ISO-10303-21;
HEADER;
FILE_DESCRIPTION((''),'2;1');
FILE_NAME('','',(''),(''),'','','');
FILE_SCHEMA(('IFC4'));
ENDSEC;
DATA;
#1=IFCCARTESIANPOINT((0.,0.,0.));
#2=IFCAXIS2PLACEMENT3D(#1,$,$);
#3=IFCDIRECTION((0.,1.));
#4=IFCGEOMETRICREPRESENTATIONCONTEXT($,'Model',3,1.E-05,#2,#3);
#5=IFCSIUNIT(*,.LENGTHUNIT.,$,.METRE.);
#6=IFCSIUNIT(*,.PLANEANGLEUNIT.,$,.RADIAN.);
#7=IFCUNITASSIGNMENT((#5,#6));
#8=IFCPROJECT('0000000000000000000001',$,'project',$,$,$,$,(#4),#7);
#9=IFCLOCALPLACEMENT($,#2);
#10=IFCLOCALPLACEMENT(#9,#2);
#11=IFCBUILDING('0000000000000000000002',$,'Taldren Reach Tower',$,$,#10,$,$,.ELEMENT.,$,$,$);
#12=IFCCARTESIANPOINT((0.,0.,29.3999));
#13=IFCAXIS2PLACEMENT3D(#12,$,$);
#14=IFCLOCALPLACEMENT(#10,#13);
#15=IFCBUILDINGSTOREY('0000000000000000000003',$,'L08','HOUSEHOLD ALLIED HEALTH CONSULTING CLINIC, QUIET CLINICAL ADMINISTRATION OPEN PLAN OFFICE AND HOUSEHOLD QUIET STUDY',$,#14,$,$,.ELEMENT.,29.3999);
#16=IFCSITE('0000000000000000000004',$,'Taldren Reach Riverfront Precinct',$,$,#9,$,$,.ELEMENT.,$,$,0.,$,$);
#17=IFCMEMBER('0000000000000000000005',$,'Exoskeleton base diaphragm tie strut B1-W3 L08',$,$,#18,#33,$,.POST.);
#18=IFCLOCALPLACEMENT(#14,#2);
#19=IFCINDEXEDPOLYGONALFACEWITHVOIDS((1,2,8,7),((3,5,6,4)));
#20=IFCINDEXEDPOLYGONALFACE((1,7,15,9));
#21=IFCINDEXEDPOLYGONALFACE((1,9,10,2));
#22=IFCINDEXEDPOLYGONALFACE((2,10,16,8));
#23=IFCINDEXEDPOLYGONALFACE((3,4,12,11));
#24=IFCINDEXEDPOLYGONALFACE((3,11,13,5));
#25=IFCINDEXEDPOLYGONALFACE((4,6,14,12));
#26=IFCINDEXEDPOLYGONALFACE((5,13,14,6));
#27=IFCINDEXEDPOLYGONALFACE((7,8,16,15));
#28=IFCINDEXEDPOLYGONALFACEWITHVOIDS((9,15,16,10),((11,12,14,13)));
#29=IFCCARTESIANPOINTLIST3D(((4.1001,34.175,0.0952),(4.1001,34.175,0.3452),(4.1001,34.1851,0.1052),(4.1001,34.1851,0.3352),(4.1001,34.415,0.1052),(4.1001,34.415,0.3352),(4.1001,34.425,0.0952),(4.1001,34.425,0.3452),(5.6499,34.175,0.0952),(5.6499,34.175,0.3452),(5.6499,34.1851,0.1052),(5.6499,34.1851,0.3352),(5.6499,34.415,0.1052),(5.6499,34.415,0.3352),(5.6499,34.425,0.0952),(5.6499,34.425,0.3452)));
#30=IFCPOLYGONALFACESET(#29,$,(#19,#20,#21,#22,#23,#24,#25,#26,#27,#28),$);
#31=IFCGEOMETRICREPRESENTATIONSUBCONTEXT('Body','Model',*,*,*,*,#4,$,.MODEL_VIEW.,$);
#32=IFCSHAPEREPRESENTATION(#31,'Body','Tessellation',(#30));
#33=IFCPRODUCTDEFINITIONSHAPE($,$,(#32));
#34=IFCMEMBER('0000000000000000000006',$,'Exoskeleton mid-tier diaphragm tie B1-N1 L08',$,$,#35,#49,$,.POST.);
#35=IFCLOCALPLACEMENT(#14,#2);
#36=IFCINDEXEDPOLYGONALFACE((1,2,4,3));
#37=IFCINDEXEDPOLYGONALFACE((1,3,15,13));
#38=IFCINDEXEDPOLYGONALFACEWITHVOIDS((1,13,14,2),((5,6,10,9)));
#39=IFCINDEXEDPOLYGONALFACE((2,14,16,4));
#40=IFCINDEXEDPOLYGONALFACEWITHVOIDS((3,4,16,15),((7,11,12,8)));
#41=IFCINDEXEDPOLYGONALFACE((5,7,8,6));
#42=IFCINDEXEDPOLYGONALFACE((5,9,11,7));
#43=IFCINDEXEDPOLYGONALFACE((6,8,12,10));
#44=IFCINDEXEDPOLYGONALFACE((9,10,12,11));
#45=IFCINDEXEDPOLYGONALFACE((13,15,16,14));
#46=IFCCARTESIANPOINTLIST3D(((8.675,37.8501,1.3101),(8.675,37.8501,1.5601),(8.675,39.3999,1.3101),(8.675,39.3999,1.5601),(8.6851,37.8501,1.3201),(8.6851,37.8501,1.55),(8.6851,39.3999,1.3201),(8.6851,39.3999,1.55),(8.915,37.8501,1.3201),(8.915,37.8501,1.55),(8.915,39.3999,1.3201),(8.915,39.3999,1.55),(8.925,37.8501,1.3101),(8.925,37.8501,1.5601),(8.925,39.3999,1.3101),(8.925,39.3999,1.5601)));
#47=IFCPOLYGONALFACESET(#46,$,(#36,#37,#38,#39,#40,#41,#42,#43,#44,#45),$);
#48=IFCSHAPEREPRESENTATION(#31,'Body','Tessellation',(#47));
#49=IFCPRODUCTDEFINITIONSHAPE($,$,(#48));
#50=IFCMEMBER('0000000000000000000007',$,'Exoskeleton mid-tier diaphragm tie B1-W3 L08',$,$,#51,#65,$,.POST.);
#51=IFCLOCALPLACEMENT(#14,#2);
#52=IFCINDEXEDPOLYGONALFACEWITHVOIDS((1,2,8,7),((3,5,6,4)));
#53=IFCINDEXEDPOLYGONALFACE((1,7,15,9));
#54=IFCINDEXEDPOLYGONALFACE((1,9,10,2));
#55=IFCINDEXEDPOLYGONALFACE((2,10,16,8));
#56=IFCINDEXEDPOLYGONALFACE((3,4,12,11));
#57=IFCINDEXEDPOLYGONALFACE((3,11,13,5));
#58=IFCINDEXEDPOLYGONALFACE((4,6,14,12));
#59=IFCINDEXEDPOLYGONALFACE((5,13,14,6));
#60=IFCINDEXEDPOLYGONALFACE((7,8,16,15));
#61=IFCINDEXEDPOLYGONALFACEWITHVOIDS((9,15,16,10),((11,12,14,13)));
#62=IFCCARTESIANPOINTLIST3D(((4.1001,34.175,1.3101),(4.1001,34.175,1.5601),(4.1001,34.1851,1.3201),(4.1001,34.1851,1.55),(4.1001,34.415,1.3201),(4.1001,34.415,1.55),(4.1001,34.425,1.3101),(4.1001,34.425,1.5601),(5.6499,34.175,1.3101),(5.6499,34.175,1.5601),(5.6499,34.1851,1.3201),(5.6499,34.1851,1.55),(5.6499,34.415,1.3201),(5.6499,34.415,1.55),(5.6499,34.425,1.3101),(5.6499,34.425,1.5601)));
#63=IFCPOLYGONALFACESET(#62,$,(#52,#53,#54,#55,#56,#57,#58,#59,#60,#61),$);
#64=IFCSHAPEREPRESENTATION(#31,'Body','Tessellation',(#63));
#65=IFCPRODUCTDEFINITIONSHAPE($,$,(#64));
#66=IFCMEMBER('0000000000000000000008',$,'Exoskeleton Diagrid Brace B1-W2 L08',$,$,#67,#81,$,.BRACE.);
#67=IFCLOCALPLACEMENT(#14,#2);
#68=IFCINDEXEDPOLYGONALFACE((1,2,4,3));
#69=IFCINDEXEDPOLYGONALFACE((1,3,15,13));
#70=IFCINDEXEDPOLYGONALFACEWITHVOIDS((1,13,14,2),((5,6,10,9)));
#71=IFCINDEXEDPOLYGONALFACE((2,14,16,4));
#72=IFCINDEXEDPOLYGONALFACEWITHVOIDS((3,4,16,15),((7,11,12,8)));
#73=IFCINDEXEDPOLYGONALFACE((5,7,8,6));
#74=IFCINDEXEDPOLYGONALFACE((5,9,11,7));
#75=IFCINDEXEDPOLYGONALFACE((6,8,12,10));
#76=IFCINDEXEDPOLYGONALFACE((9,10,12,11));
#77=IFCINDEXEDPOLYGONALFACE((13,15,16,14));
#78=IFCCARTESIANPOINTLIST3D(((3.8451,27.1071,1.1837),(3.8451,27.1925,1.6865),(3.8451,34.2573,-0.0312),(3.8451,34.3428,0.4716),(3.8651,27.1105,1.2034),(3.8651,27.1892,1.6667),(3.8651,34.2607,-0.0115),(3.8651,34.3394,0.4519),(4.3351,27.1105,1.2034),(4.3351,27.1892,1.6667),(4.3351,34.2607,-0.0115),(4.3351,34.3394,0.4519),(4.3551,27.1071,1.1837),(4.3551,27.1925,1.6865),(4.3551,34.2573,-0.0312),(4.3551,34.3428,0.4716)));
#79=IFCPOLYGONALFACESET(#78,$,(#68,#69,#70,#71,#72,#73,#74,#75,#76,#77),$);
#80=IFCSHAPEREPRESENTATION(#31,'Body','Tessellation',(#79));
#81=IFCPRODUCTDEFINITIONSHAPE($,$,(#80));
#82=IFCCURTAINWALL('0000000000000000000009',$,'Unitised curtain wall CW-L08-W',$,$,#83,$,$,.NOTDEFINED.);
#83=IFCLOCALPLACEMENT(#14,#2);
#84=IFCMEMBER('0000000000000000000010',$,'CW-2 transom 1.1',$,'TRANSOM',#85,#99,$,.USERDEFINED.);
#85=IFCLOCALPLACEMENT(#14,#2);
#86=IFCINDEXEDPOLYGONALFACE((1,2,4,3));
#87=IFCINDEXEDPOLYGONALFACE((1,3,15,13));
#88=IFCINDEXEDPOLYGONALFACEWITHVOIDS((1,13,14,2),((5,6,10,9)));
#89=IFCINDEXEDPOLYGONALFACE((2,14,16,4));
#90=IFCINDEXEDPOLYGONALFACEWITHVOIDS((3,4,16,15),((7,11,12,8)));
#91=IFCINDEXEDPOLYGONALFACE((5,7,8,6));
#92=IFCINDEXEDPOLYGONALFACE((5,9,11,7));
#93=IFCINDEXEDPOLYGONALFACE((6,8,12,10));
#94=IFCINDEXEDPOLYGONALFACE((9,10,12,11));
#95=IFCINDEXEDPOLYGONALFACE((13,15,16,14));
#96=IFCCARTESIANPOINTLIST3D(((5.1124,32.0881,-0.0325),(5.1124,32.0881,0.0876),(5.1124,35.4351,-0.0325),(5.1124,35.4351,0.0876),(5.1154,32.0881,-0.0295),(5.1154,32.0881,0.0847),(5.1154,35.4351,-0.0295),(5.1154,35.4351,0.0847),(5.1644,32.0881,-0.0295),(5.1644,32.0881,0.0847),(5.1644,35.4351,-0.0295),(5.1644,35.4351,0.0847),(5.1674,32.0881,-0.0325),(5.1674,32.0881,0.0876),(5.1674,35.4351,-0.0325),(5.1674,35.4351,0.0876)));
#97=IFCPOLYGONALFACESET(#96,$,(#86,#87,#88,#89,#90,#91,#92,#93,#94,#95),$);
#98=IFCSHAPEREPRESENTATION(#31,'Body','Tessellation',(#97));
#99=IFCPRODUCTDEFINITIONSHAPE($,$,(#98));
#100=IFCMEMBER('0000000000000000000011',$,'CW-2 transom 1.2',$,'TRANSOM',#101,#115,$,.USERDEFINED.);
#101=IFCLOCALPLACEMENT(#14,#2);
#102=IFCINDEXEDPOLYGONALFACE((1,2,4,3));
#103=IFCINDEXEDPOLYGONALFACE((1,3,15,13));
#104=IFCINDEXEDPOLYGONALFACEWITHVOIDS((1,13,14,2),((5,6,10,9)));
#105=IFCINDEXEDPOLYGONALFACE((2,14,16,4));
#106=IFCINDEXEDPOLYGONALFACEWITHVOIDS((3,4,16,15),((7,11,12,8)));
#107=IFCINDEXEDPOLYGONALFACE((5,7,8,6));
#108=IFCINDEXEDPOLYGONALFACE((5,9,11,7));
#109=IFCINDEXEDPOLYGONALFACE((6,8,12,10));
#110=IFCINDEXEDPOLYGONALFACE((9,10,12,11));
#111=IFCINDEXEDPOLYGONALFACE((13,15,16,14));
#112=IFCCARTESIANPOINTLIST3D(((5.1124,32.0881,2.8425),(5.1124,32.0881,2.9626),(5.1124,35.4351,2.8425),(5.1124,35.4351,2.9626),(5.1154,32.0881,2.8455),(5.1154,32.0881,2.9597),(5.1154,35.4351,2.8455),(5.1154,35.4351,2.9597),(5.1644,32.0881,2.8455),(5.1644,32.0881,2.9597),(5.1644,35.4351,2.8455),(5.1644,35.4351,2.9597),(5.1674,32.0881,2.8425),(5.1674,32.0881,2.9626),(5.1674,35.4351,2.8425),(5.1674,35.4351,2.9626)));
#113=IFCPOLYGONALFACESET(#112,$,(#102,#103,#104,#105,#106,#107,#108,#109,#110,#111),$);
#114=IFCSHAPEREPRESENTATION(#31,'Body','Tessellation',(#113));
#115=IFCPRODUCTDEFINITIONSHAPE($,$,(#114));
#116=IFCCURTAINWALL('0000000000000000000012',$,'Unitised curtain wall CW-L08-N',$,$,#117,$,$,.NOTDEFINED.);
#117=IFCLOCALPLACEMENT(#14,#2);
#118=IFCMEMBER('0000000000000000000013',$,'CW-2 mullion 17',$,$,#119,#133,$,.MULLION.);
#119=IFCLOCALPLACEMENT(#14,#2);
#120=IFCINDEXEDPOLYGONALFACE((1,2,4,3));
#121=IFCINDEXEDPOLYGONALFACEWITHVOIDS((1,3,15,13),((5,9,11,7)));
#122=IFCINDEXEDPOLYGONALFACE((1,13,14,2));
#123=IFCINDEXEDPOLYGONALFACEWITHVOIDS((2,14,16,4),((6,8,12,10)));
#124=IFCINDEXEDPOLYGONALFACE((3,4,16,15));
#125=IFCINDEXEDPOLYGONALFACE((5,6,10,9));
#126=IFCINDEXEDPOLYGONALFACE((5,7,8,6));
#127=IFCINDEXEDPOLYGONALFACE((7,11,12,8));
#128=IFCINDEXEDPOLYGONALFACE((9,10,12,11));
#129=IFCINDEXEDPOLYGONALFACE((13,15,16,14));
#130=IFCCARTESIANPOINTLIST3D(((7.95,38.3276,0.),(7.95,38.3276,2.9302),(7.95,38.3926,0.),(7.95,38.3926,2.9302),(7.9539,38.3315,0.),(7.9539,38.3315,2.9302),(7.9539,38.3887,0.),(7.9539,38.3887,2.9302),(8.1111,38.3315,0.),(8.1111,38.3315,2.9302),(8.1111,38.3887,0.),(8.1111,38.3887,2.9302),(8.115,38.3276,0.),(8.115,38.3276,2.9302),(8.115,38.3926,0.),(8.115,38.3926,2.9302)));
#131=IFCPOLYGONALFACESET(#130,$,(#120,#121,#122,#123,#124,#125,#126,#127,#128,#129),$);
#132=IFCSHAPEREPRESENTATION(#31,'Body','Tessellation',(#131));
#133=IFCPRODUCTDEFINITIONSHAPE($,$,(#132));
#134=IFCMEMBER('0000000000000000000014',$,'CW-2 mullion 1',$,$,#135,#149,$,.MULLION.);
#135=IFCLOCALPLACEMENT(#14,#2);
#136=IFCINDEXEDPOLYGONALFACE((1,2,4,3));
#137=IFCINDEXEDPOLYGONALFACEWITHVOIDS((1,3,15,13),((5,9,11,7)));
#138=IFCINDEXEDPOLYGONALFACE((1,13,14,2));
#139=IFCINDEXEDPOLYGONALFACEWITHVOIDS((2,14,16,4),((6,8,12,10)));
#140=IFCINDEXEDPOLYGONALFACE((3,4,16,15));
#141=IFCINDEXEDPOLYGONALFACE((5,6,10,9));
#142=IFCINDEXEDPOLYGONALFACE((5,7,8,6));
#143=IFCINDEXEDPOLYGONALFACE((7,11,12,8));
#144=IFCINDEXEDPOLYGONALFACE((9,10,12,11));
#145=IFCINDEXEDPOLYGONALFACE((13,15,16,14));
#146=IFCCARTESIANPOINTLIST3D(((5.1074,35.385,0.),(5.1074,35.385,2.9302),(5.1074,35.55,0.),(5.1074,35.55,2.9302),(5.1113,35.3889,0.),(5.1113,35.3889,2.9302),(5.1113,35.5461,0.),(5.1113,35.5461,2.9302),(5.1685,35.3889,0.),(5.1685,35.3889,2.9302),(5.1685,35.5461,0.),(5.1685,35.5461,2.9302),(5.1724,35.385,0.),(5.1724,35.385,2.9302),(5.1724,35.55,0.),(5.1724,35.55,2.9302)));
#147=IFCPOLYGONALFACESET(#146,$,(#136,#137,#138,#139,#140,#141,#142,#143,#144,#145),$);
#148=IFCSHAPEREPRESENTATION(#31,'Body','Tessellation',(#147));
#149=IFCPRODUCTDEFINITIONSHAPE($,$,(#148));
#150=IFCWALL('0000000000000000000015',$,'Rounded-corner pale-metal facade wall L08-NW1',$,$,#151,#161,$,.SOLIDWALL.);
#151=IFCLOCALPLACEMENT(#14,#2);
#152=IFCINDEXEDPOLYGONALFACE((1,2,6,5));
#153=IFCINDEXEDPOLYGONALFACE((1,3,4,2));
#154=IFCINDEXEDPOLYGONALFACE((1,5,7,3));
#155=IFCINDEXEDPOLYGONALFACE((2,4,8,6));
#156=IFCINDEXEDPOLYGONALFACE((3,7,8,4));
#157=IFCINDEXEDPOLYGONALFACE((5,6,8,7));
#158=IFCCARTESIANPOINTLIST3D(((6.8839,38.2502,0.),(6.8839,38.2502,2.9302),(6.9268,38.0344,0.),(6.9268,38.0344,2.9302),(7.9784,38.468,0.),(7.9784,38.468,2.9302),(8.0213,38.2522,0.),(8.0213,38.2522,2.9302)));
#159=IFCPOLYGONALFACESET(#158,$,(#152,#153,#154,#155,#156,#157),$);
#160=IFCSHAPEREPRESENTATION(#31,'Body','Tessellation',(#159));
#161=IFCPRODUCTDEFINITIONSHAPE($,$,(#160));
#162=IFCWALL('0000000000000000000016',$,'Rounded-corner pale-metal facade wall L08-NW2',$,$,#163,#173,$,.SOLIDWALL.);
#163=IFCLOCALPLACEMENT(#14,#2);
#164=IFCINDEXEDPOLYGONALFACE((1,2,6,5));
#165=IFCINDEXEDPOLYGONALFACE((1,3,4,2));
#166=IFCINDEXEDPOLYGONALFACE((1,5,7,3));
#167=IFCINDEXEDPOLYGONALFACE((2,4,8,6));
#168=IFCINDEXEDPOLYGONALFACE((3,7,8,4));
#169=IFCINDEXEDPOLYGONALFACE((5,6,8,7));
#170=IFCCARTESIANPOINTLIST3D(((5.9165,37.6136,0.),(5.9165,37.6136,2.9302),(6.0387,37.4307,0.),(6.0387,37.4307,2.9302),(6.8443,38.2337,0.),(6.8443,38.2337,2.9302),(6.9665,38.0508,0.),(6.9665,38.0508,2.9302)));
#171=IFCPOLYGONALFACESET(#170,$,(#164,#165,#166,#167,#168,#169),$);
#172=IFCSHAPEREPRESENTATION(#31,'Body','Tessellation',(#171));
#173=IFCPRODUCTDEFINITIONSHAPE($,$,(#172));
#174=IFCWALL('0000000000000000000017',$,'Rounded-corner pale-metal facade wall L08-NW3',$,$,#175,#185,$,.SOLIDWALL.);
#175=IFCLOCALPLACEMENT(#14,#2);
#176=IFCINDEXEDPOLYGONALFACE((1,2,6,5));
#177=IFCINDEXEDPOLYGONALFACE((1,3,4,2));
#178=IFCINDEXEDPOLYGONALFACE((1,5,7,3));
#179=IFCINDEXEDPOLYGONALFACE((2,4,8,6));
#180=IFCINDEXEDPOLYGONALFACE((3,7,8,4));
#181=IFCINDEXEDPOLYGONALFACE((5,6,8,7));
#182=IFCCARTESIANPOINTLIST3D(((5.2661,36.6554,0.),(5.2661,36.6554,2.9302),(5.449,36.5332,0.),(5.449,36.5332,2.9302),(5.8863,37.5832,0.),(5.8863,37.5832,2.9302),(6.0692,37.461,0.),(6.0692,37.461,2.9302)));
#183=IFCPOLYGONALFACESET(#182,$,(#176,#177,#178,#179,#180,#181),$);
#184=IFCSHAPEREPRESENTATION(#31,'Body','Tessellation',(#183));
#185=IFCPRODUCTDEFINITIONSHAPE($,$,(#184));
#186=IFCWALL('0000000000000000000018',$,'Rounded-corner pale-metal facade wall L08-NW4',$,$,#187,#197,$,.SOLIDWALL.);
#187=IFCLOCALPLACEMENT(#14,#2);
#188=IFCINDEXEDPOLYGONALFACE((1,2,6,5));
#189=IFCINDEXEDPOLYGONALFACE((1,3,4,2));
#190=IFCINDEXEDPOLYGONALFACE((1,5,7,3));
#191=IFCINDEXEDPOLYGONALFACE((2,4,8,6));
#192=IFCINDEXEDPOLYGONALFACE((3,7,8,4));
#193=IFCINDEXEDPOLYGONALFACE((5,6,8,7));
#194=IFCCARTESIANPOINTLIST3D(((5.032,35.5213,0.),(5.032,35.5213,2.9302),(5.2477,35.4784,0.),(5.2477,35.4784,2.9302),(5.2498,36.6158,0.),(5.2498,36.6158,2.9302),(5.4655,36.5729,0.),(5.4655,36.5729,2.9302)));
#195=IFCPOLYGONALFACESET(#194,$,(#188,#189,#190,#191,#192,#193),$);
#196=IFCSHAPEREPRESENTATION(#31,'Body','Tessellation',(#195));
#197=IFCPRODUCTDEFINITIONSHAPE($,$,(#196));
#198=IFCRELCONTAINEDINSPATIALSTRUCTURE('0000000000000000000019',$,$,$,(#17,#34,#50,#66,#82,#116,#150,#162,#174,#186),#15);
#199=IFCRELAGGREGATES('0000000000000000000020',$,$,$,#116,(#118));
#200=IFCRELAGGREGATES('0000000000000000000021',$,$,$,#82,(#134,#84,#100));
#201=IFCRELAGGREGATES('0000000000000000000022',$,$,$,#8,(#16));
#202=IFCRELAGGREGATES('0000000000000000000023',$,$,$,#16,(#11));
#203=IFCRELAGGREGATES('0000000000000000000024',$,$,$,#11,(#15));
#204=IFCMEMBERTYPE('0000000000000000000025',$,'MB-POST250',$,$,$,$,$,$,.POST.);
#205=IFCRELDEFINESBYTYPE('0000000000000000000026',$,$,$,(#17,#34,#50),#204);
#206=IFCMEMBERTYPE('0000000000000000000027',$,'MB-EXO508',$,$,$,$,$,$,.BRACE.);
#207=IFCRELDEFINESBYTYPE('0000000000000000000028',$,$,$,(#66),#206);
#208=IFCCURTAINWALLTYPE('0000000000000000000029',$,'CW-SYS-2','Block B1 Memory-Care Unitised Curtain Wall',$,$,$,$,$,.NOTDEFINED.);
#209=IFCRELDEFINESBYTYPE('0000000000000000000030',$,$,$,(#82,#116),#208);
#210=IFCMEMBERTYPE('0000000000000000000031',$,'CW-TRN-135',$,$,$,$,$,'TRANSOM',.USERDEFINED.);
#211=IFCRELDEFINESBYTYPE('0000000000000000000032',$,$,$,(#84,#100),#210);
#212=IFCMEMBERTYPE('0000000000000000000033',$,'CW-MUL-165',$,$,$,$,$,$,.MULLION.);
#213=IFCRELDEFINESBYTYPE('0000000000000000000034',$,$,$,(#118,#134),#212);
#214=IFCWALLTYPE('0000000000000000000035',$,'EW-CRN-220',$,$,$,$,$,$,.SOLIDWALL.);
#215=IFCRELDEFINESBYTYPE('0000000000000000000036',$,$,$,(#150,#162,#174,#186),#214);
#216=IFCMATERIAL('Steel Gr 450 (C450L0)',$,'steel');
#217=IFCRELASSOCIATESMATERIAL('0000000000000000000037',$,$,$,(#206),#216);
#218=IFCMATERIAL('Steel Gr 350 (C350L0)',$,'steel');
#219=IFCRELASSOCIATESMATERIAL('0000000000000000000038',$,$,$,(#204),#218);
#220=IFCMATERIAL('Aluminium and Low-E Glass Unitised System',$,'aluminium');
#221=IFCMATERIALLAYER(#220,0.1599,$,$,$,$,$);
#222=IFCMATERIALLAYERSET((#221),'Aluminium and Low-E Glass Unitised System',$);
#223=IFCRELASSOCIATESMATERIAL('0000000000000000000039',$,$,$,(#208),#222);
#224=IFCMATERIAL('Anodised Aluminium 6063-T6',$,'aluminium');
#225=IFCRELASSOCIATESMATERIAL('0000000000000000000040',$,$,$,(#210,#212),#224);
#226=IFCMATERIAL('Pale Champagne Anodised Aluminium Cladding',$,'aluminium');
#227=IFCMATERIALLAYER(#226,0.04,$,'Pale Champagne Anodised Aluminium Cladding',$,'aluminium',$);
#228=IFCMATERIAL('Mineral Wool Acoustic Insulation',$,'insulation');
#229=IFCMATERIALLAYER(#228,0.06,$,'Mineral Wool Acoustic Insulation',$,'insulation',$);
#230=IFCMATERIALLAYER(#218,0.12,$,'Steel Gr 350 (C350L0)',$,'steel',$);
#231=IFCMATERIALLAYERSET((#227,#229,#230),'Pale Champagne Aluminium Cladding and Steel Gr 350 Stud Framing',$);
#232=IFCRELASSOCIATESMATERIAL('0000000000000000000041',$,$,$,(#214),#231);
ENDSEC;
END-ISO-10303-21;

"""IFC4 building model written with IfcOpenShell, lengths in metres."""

from ifc_helpers import new_model, si_unit, direction, frame, frame_2d, origin, origin_2d, place, context, subcontext, project, spatial, rectangle, hollow_rectangle, extrude, source, transform, mapped, material, layer, layer_set, material_profile, profile_set, type_object, element, aggregate, save


model = new_model("IFC4")

# Units and contexts
model_context = context("Model", 3, precision=1e-05, world=origin(), true_north=direction((0.0, 1.0)))
body_context = subcontext(model_context, "Body", "Model", "MODEL_VIEW")
ifc_project = project(units=[si_unit("LENGTHUNIT", "METRE"), si_unit("PLANEANGLEUNIT", "RADIAN")], contexts=[model_context])

# Site, building, storey
site_placement = place(None, origin())
site = spatial("IfcSite", under=ifc_project, at=site_placement, Name="Taldren Reach Riverfront Precinct", CompositionType="ELEMENT", RefElevation=0.0)
building_placement = place(site_placement, origin())
building = spatial("IfcBuilding", under=site, at=building_placement, Name="Taldren Reach Tower", CompositionType="ELEMENT")
storey_placement = place(building_placement, frame((0.0, 0.0, 29.3999)))
storey = spatial("IfcBuildingStorey", under=building, at=storey_placement, Name="L08", Description="HOUSEHOLD ALLIED HEALTH CONSULTING CLINIC, QUIET CLINICAL ADMINISTRATION OPEN PLAN OFFICE AND HOUSEHOLD QUIET STUDY", CompositionType="ELEMENT", Elevation=29.3999)

# Members
ifc_material_1 = material(Name="Steel Gr 450 (C450L0)", Category="steel")
ifc_material_profile_1 = material_profile(ifc_material_1, hollow_rectangle(XDim=0.51, YDim=0.51, WallThickness=0.02, at=origin_2d()), Name="510x510x20.0SHS")
ifc_profile_set_1 = profile_set([ifc_material_profile_1], Name="Steel Gr 450 (C450L0)")
member_type_1 = type_object("IfcMemberType", Name="MB-EXO508", PredefinedType="BRACE", material=ifc_profile_set_1)
ifc_material_2 = material(Name="Steel Gr 350 (C350L0)", Category="steel")
ifc_material_profile_2 = material_profile(ifc_material_2, hollow_rectangle(XDim=0.25, YDim=0.25, WallThickness=0.01, at=origin_2d()), Name="250x250x10.0SHS")
ifc_profile_set_2 = profile_set([ifc_material_profile_2], Name="Steel Gr 350 (C350L0)")
member_type_2 = type_object("IfcMemberType", Name="MB-POST250", PredefinedType="POST", material=ifc_profile_set_2)
shared_shape_1 = source(origin(), body_context, "Body", "SweptSolid", [
    extrude(hollow_rectangle(XDim=0.25, YDim=0.25, WallThickness=0.01, at=origin_2d()), origin(), (0.0, 0.0, 1.0), 1.5498),
])
for number, where, z_axis, x_axis, name in (
    (1, (5.6499, 34.3, 0.2202), (-1.0, 0.0, 0.0), (0.0, -1.0, 0.0), "Exoskeleton base diaphragm tie strut B1-W3 L08"),
    (2, (8.8, 37.8501, 1.4351), (0.0, 1.0, 0.0), (-1.0, 0.0, 0.0), "Exoskeleton mid-tier diaphragm tie B1-N1 L08"),
    (3, (5.6499, 34.3, 1.4351), (-1.0, 0.0, 0.0), (0.0, -1.0, 0.0), "Exoskeleton mid-tier diaphragm tie B1-W3 L08"),
):
    element("IfcMember", number, at=place(storey_placement, frame(where, z_axis=z_axis, x_axis=x_axis)), inside=storey, type_object=member_type_2, Name=name, PredefinedType="POST", context=body_context, shape_type="MappedRepresentation", body=[
        mapped(shared_shape_1, transform((0.0, 0.0, 0.0), scale=1.0)),
    ])
shared_shape_2 = source(origin(), body_context, "Body", "SweptSolid", [
    extrude(hollow_rectangle(XDim=0.51, YDim=0.51, WallThickness=0.02, at=origin_2d()), origin(), (0.0, 0.0, 1.0), 7.2527),
])
member_1_placement = place(storey_placement, frame((4.1001, 34.3, 0.2202), z_axis=(0.0, -0.985871, 0.167504), x_axis=(1.0, 0.0, 0.0)))
element("IfcMember", 4, at=member_1_placement, inside=storey, type_object=member_type_1, Name="Exoskeleton Diagrid Brace B1-W2 L08", PredefinedType="BRACE", context=body_context, shape_type="MappedRepresentation", body=[
    mapped(shared_shape_2, transform((0.0, 0.0, 0.0), scale=1.0)),
])

# Curtain wall, members
ifc_material_3 = material(Name="Aluminium and Low-E Glass Unitised System", Category="aluminium")
ifc_layer_1 = layer(ifc_material_3, 0.1599)
ifc_layer_set_1 = layer_set([ifc_layer_1], Name="Aluminium and Low-E Glass Unitised System")
curtain_wall_type = type_object("IfcCurtainWallType", Name="CW-SYS-2", Description="Block B1 Memory-Care Unitised Curtain Wall", PredefinedType="NOTDEFINED", material=ifc_layer_set_1)
curtain_wall_1_placement = place(storey_placement, origin())
curtain_wall_1 = element("IfcCurtainWall", 5, at=curtain_wall_1_placement, inside=storey, type_object=curtain_wall_type, Name="Unitised curtain wall CW-L08-W", PredefinedType="NOTDEFINED")
ifc_material_4 = material(Name="Anodised Aluminium 6063-T6", Category="aluminium")
ifc_material_profile_3 = material_profile(ifc_material_4, hollow_rectangle(XDim=0.0549, YDim=0.1201, WallThickness=0.0029, at=origin_2d()), Name="ALU-120x55x3RHS")
ifc_profile_set_3 = profile_set([ifc_material_profile_3], Name="Anodised Aluminium 6063-T6")
member_type_3 = type_object("IfcMemberType", Name="CW-TRN-135", ElementType="TRANSOM", PredefinedType="USERDEFINED", material=ifc_profile_set_3)
shared_shape_3 = source(origin(), body_context, "Body", "SweptSolid", [
    extrude(hollow_rectangle(XDim=0.0549, YDim=0.1201, WallThickness=0.0029, at=origin_2d()), origin(), (0.0, 0.0, 1.0), 3.3469),
])
member_2_placement = place(storey_placement, frame((5.1399, 35.4351, 0.0276), z_axis=(0.0, -1.0, 0.0), x_axis=(1.0, 0.0, 0.0)))
member_2 = element("IfcMember", 6, at=member_2_placement, type_object=member_type_3, Name="CW-2 transom 1.1", ObjectType="TRANSOM", PredefinedType="USERDEFINED", context=body_context, shape_type="MappedRepresentation", body=[
    mapped(shared_shape_3, transform((0.0, 0.0, 0.0), scale=1.0)),
])
member_3_placement = place(storey_placement, frame((5.1399, 35.4351, 2.9026), z_axis=(0.0, -1.0, 0.0), x_axis=(1.0, 0.0, 0.0)))
member_3 = element("IfcMember", 7, at=member_3_placement, type_object=member_type_3, Name="CW-2 transom 1.2", ObjectType="TRANSOM", PredefinedType="USERDEFINED", context=body_context, shape_type="MappedRepresentation", body=[
    mapped(shared_shape_3, transform((0.0, 0.0, 0.0), scale=1.0)),
])

# Curtain wall, member
curtain_wall_2_placement = place(storey_placement, origin())
curtain_wall_2 = element("IfcCurtainWall", 8, at=curtain_wall_2_placement, inside=storey, type_object=curtain_wall_type, Name="Unitised curtain wall CW-L08-N", PredefinedType="NOTDEFINED")
ifc_material_profile_4 = material_profile(ifc_material_4, hollow_rectangle(XDim=0.0649, YDim=0.165, WallThickness=0.0039, at=origin_2d()), Name="ALU-165x65x4RHS")
ifc_profile_set_4 = profile_set([ifc_material_profile_4], Name="Anodised Aluminium 6063-T6")
member_type_4 = type_object("IfcMemberType", Name="CW-MUL-165", PredefinedType="MULLION", material=ifc_profile_set_4)
shared_shape_4 = source(origin(), body_context, "Body", "SweptSolid", [
    extrude(hollow_rectangle(XDim=0.0649, YDim=0.165, WallThickness=0.0039, at=origin_2d()), origin(), (0.0, 0.0, 1.0), 2.9302),
])
member_4_placement = place(storey_placement, frame((8.0325, 38.3601, 0.0), z_axis=(0.0, 0.0, 1.0), x_axis=(0.0, -1.0, 0.0)))
member_4 = element("IfcMember", 9, at=member_4_placement, type_object=member_type_4, Name="CW-2 mullion 17", PredefinedType="MULLION", context=body_context, shape_type="MappedRepresentation", body=[
    mapped(shared_shape_4, transform((0.0, 0.0, 0.0), scale=1.0)),
])
aggregate(curtain_wall_2, [member_4])

# Member
member_5_placement = place(storey_placement, frame((5.1399, 35.4675, 0.0), z_axis=(0.0, 0.0, 1.0), x_axis=(1.0, 0.0, 0.0)))
member_5 = element("IfcMember", 10, at=member_5_placement, type_object=member_type_4, Name="CW-2 mullion 1", PredefinedType="MULLION", context=body_context, shape_type="MappedRepresentation", body=[
    mapped(shared_shape_4, transform((0.0, 0.0, 0.0), scale=1.0)),
])
aggregate(curtain_wall_1, [member_5, member_2, member_3])

# Walls
ifc_material_5 = material(Name="Pale Champagne Anodised Aluminium Cladding", Category="aluminium")
ifc_layer_2 = layer(ifc_material_5, 0.04, Name="Pale Champagne Anodised Aluminium Cladding", Category="aluminium")
ifc_material_6 = material(Name="Mineral Wool Acoustic Insulation", Category="insulation")
ifc_layer_3 = layer(ifc_material_6, 0.06, Name="Mineral Wool Acoustic Insulation", Category="insulation")
ifc_layer_4 = layer(ifc_material_2, 0.12, Name="Steel Gr 350 (C350L0)", Category="steel")
ifc_layer_set_2 = layer_set([ifc_layer_2, ifc_layer_3, ifc_layer_4], Name="Pale Champagne Aluminium Cladding and Steel Gr 350 Stud Framing")
wall_type = type_object("IfcWallType", Name="EW-CRN-220", PredefinedType="SOLIDWALL", material=ifc_layer_set_2)
shared_shape_5 = source(origin(), body_context, "Body", "SweptSolid", [
    extrude(rectangle(XDim=1.116, YDim=0.22, at=frame_2d((0.5581, 0.0))), origin(), (0.0, 0.0, 1.0), 2.9302),
])
for number, where, z_axis, x_axis, name in (
    (11, (8.0, 38.3601, 0.0), (0.0, 0.0, 1.0), (-0.980774, -0.195148, 0.0), "Rounded-corner pale-metal facade wall L08-NW1"),
    (12, (6.9055, 38.1423, 0.0), (0.0, 0.0, 1.0), (-0.831377, -0.55571, 0.0), "Rounded-corner pale-metal facade wall L08-NW2"),
    (13, (5.9778, 37.5222, 0.0), (0.0, 0.0, 1.0), (-0.55571, -0.831377, 0.0), "Rounded-corner pale-metal facade wall L08-NW3"),
    (14, (5.3577, 36.5945, 0.0), (0.0, 0.0, 1.0), (-0.195148, -0.980774, 0.0), "Rounded-corner pale-metal facade wall L08-NW4"),
):
    element("IfcWall", number, at=place(storey_placement, frame(where, z_axis=z_axis, x_axis=x_axis)), inside=storey, type_object=wall_type, Name=name, PredefinedType="SOLIDWALL", context=body_context, shape_type="MappedRepresentation", body=[
        mapped(shared_shape_5, transform((0.0, 0.0, 0.0), scale=1.0)),
    ])

save(model, "model.ifc")
